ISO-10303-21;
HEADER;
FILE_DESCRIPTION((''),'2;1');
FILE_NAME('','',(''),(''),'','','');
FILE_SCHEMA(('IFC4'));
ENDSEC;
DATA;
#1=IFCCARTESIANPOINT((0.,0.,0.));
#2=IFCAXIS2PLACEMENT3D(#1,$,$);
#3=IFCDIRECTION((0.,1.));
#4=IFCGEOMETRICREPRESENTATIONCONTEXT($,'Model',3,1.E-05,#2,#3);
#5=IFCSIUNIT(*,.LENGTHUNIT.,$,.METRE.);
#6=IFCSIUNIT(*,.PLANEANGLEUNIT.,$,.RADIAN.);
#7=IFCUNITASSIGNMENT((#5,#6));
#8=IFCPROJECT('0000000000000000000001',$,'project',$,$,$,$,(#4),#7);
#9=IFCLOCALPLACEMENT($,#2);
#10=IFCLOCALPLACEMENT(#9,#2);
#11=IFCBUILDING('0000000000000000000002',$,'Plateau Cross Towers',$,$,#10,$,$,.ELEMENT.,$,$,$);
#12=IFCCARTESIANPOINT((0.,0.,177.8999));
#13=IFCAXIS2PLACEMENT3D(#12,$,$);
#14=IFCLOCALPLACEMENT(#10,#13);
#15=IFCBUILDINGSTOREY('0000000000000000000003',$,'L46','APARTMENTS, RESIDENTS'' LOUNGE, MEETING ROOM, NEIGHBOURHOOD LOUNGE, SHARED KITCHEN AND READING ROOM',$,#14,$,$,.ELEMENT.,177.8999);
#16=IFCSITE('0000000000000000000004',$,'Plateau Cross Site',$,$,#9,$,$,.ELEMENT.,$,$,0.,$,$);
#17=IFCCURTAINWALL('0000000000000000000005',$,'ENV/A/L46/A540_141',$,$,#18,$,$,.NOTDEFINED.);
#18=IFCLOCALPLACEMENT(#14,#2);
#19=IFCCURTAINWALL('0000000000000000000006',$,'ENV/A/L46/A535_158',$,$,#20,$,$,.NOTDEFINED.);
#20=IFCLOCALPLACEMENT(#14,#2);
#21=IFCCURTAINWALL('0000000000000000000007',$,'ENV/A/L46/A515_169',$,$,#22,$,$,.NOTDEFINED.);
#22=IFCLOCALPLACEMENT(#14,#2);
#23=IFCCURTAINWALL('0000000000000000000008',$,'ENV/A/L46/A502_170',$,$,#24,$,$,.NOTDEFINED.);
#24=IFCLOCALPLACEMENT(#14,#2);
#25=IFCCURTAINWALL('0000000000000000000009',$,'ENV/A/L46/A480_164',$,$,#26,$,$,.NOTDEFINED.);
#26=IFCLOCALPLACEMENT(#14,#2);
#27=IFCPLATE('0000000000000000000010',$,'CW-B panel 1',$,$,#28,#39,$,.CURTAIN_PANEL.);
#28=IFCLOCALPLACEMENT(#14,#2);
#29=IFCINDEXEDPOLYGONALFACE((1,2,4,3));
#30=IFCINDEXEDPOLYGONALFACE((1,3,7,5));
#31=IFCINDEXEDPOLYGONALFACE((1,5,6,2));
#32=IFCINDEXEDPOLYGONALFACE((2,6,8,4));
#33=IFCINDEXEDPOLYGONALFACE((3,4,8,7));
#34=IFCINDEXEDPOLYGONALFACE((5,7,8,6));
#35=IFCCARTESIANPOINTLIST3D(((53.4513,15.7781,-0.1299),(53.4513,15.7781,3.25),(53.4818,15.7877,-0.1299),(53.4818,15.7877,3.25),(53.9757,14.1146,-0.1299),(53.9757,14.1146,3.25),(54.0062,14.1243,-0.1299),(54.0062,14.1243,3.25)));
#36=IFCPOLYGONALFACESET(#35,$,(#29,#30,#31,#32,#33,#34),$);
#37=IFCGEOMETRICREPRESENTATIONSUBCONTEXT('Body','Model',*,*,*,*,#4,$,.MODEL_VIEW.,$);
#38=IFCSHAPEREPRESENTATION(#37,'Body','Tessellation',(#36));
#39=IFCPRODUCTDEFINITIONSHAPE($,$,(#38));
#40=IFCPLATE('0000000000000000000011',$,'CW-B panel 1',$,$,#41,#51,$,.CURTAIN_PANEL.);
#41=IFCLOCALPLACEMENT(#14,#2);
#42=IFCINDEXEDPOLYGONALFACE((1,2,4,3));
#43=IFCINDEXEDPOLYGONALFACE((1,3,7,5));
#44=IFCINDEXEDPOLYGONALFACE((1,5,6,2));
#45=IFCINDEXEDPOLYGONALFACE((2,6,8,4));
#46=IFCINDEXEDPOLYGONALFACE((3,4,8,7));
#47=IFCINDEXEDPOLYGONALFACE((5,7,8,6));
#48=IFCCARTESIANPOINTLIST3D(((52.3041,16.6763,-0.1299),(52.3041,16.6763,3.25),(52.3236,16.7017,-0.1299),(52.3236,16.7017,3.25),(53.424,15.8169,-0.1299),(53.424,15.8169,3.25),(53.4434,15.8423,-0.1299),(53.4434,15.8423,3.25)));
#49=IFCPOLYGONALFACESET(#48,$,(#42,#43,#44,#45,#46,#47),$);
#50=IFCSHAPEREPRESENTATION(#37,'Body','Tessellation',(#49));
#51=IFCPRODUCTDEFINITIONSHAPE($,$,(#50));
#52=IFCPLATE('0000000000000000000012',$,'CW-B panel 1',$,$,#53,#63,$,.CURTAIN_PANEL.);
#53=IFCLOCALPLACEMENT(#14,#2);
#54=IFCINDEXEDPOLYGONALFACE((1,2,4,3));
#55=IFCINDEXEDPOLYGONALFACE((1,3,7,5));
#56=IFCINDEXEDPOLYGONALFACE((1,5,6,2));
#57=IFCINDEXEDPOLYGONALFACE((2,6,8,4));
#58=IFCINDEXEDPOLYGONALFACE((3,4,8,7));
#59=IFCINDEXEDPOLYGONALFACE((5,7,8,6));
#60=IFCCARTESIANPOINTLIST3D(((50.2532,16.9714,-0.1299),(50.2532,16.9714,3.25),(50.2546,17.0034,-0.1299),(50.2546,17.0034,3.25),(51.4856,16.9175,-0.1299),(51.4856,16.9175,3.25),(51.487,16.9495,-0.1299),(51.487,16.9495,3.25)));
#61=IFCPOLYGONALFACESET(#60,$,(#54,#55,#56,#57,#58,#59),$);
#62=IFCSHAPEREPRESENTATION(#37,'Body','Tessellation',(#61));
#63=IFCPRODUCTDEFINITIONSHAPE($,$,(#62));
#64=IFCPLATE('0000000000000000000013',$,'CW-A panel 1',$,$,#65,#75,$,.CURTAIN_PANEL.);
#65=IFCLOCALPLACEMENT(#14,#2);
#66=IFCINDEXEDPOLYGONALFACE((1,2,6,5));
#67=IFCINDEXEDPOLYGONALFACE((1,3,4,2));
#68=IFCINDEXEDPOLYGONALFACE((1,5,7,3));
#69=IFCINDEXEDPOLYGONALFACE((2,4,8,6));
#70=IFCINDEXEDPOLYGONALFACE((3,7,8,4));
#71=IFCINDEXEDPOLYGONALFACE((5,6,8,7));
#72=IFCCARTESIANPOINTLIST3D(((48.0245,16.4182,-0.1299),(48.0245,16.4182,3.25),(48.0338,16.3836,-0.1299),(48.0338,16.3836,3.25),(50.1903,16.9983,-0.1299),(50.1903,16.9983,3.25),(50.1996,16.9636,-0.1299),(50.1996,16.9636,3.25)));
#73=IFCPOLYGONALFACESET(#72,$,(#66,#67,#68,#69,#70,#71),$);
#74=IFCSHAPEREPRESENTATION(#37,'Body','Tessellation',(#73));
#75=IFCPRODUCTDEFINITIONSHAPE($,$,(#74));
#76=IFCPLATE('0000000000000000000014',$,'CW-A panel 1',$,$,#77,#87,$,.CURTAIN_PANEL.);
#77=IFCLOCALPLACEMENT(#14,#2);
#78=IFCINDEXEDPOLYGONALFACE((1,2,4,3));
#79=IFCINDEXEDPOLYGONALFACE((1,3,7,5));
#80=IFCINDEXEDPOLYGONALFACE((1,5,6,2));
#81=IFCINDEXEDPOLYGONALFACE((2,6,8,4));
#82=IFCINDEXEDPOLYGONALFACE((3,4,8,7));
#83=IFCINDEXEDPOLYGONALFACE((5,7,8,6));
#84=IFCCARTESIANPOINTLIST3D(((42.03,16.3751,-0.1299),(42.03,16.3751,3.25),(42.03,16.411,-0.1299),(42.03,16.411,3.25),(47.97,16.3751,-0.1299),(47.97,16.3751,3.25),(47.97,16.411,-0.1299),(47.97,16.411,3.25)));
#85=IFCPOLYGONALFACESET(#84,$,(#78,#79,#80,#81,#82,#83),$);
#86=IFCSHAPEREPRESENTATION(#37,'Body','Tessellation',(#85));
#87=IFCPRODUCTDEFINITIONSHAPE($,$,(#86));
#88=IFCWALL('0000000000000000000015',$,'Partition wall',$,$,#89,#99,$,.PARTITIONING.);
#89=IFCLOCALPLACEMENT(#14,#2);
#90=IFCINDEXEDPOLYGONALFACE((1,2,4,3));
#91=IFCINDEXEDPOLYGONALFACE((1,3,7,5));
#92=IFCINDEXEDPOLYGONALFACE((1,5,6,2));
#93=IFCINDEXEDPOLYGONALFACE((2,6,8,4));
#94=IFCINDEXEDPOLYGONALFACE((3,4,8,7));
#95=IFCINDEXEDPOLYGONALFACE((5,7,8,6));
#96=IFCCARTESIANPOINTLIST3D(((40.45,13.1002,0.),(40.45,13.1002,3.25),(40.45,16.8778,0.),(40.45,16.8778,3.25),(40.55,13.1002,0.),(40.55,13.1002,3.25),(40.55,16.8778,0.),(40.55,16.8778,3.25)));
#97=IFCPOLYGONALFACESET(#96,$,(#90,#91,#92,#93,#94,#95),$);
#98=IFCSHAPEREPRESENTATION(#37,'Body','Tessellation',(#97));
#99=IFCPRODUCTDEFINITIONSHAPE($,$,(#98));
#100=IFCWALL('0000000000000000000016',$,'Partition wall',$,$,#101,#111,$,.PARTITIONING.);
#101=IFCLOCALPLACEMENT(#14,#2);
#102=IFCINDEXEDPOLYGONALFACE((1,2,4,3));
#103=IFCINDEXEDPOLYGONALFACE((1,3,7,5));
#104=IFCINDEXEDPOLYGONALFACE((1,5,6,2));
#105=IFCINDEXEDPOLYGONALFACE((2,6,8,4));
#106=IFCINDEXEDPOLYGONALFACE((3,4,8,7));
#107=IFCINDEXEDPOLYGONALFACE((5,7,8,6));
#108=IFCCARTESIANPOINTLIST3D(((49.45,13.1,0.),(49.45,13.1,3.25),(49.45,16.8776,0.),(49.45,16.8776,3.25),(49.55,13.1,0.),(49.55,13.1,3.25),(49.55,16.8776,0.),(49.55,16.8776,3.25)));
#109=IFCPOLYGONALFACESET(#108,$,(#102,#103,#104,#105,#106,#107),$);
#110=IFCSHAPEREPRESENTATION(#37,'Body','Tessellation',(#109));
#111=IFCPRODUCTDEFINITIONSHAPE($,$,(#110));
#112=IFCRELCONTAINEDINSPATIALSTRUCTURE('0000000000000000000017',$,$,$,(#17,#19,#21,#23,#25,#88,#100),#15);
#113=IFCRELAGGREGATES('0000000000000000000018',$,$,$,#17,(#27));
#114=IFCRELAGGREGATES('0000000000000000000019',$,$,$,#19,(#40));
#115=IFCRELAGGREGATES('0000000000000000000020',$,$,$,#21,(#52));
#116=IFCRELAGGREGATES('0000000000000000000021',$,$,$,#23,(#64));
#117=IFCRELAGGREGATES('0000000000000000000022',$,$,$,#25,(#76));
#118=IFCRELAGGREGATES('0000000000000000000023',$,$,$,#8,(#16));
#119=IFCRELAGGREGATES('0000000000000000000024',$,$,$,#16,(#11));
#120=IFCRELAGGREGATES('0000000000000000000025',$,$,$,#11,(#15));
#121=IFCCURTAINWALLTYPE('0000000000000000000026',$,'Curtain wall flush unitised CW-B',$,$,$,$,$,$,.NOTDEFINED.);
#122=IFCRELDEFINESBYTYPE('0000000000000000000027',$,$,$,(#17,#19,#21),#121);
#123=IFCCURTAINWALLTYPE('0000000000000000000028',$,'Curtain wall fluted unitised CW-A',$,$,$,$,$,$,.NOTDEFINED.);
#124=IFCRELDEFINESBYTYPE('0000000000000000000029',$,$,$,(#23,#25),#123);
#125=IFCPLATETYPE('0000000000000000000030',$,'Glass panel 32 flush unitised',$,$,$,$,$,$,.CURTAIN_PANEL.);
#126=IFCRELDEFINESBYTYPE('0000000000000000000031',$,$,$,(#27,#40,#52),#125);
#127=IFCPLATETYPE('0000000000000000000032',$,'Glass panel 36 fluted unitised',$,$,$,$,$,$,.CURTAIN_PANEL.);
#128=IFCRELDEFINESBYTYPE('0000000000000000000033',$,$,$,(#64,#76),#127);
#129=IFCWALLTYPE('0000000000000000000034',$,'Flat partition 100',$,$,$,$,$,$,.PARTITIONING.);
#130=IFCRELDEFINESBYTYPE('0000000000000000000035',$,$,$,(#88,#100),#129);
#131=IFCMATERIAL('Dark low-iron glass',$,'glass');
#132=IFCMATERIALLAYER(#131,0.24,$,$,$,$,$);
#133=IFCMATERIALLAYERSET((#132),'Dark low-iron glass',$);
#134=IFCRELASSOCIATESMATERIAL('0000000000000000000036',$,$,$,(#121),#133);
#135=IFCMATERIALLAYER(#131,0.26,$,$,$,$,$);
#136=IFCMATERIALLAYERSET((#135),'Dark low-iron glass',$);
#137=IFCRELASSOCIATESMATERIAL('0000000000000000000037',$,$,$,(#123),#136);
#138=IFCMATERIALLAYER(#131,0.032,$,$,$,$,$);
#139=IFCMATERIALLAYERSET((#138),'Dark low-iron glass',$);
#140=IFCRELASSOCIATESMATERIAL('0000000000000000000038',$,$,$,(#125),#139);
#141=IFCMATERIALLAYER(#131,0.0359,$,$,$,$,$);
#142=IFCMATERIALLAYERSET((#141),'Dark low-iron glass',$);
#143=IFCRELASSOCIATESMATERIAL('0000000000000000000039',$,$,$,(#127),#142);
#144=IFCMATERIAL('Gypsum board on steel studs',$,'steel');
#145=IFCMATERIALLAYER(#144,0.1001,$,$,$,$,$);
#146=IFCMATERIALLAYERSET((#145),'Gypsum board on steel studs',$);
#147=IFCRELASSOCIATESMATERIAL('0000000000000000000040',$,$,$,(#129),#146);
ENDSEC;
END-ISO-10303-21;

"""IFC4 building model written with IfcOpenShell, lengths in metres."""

from ifc_helpers import new_model, si_unit, direction, frame, frame_2d, origin, origin_2d, place, context, subcontext, project, spatial, rectangle, extrude, material, layer, layer_set, type_object, element, aggregate, save


model = new_model("IFC4")

# Units and contexts
model_context = context("Model", 3, precision=1e-05, world=origin(), true_north=direction((0.0, 1.0)))
body_context = subcontext(model_context, "Body", "Model", "MODEL_VIEW")
ifc_project = project(units=[si_unit("LENGTHUNIT", "METRE"), si_unit("PLANEANGLEUNIT", "RADIAN")], contexts=[model_context])

# Site, building, storey
site_placement = place(None, origin())
site = spatial("IfcSite", under=ifc_project, at=site_placement, Name="Plateau Cross Site", CompositionType="ELEMENT", RefElevation=0.0)
building_placement = place(site_placement, origin())
building = spatial("IfcBuilding", under=site, at=building_placement, Name="Plateau Cross Towers", CompositionType="ELEMENT")
storey_placement = place(building_placement, frame((0.0, 0.0, 177.8999)))
storey = spatial("IfcBuildingStorey", under=building, at=storey_placement, Name="L46", Description="APARTMENTS, RESIDENTS' LOUNGE, MEETING ROOM, NEIGHBOURHOOD LOUNGE, SHARED KITCHEN AND READING ROOM", CompositionType="ELEMENT", Elevation=177.8999)

# Curtain wall
ifc_material_1 = material(Name="Dark low-iron glass", Category="glass")
ifc_layer_1 = layer(ifc_material_1, 0.24)
ifc_layer_set_1 = layer_set([ifc_layer_1], Name="Dark low-iron glass")
curtain_wall_type_1 = type_object("IfcCurtainWallType", Name="Curtain wall flush unitised CW-B", PredefinedType="NOTDEFINED", material=ifc_layer_set_1)
curtain_wall_1_placement = place(storey_placement, origin())
curtain_wall_1 = element("IfcCurtainWall", 1, at=curtain_wall_1_placement, inside=storey, type_object=curtain_wall_type_1, Name="ENV/A/L46/A540_141", PredefinedType="NOTDEFINED")

# Curtain wall
curtain_wall_2_placement = place(storey_placement, origin())
curtain_wall_2 = element("IfcCurtainWall", 2, at=curtain_wall_2_placement, inside=storey, type_object=curtain_wall_type_1, Name="ENV/A/L46/A535_158", PredefinedType="NOTDEFINED")

# Curtain walls
curtain_wall_3_placement = place(storey_placement, origin())
curtain_wall_3 = element("IfcCurtainWall", 3, at=curtain_wall_3_placement, inside=storey, type_object=curtain_wall_type_1, Name="ENV/A/L46/A515_169", PredefinedType="NOTDEFINED")
ifc_layer_2 = layer(ifc_material_1, 0.26)
ifc_layer_set_2 = layer_set([ifc_layer_2], Name="Dark low-iron glass")
curtain_wall_type_2 = type_object("IfcCurtainWallType", Name="Curtain wall fluted unitised CW-A", PredefinedType="NOTDEFINED", material=ifc_layer_set_2)
curtain_wall_4_placement = place(storey_placement, origin())
curtain_wall_4 = element("IfcCurtainWall", 4, at=curtain_wall_4_placement, inside=storey, type_object=curtain_wall_type_2, Name="ENV/A/L46/A502_170", PredefinedType="NOTDEFINED")
curtain_wall_5_placement = place(storey_placement, origin())
curtain_wall_5 = element("IfcCurtainWall", 5, at=curtain_wall_5_placement, inside=storey, type_object=curtain_wall_type_2, Name="ENV/A/L46/A480_164", PredefinedType="NOTDEFINED")

# Plates
ifc_layer_3 = layer(ifc_material_1, 0.032)
ifc_layer_set_3 = layer_set([ifc_layer_3], Name="Dark low-iron glass")
plate_type_1 = type_object("IfcPlateType", Name="Glass panel 32 flush unitised", PredefinedType="CURTAIN_PANEL", material=ifc_layer_set_3)
plate_1_placement = place(storey_placement, frame((53.7288, 14.9512, -0.1299), z_axis=(0.0, 0.0, 1.0), x_axis=(-0.300686, 0.953723, 0.0)))
plate_1 = element("IfcPlate", 6, at=plate_1_placement, type_object=plate_type_1, Name="CW-B panel 1", PredefinedType="CURTAIN_PANEL", context=body_context, shape_type="SweptSolid", body=[
    extrude(rectangle(XDim=1.7441, YDim=0.032, at=origin_2d()), origin(), (0.0, 0.0, 1.0), 3.3799),
])
aggregate(curtain_wall_1, [plate_1])
plate_2_placement = place(storey_placement, frame((52.8738, 16.2593, -0.1299), z_axis=(0.0, 0.0, 1.0), x_axis=(-0.793316, 0.608811, 0.0)))
plate_2 = element("IfcPlate", 7, at=plate_2_placement, type_object=plate_type_1, Name="CW-B panel 1", PredefinedType="CURTAIN_PANEL", context=body_context, shape_type="SweptSolid", body=[
    extrude(rectangle(XDim=1.4116, YDim=0.032, at=origin_2d()), origin(), (0.0, 0.0, 1.0), 3.3799),
])
aggregate(curtain_wall_2, [plate_2])
plate_3_placement = place(storey_placement, frame((50.8701, 16.9604, -0.1299), z_axis=(0.0, 0.0, 1.0), x_axis=(-0.999044, 0.043723, 0.0)))
plate_3 = element("IfcPlate", 8, at=plate_3_placement, type_object=plate_type_1, Name="CW-B panel 1", PredefinedType="CURTAIN_PANEL", context=body_context, shape_type="SweptSolid", body=[
    extrude(rectangle(XDim=1.2336, YDim=0.032, at=origin_2d()), origin(), (0.0, 0.0, 1.0), 3.3799),
])
aggregate(curtain_wall_3, [plate_3])
ifc_layer_4 = layer(ifc_material_1, 0.0359)
ifc_layer_set_4 = layer_set([ifc_layer_4], Name="Dark low-iron glass")
plate_type_2 = type_object("IfcPlateType", Name="Glass panel 36 fluted unitised", PredefinedType="CURTAIN_PANEL", material=ifc_layer_set_4)
plate_4_placement = place(storey_placement, frame((49.1121, 16.6909, -0.1299), z_axis=(0.0, 0.0, 1.0), x_axis=(-0.965958, -0.258699, 0.0)))
plate_4 = element("IfcPlate", 9, at=plate_4_placement, type_object=plate_type_2, Name="CW-A panel 1", PredefinedType="CURTAIN_PANEL", context=body_context, shape_type="SweptSolid", body=[
    extrude(rectangle(XDim=2.2422, YDim=0.0359, at=origin_2d()), origin(), (0.0, 0.0, 1.0), 3.3799),
])
aggregate(curtain_wall_4, [plate_4])
plate_5_placement = place(storey_placement, frame((45.0, 16.3931, -0.1299), z_axis=(0.0, 0.0, 1.0), x_axis=(-1.0, 0.0, 0.0)))
plate_5 = element("IfcPlate", 10, at=plate_5_placement, type_object=plate_type_2, Name="CW-A panel 1", PredefinedType="CURTAIN_PANEL", context=body_context, shape_type="SweptSolid", body=[
    extrude(rectangle(XDim=5.9399, YDim=0.0359, at=origin_2d()), origin(), (0.0, 0.0, 1.0), 3.3799),
])
aggregate(curtain_wall_5, [plate_5])

# Walls
ifc_material_2 = material(Name="Gypsum board on steel studs", Category="steel")
ifc_layer_5 = layer(ifc_material_2, 0.1001)
ifc_layer_set_5 = layer_set([ifc_layer_5], Name="Gypsum board on steel studs")
wall_type = type_object("IfcWallType", Name="Flat partition 100", PredefinedType="PARTITIONING", material=ifc_layer_set_5)
for number, where, z_axis, x_axis, name in (
    (11, (40.5, 16.8777, 0.0), (0.0, 0.0, 1.0), (0.0, -1.0, 0.0), "Partition wall"),
    (12, (49.5, 13.1001, 0.0), (0.0, 0.0, 1.0), (0.0, 1.0, 0.0), "Partition wall"),
):
    element("IfcWall", number, at=place(storey_placement, frame(where, z_axis=z_axis, x_axis=x_axis)), inside=storey, type_object=wall_type, Name=name, PredefinedType="PARTITIONING", context=body_context, shape_type="SweptSolid", body=[
        extrude(rectangle(XDim=3.7776, YDim=0.1001, at=frame_2d((1.8887, 0.0))), origin(), (0.0, 0.0, 1.0), 3.25),
    ])

save(model, "model.ifc")
